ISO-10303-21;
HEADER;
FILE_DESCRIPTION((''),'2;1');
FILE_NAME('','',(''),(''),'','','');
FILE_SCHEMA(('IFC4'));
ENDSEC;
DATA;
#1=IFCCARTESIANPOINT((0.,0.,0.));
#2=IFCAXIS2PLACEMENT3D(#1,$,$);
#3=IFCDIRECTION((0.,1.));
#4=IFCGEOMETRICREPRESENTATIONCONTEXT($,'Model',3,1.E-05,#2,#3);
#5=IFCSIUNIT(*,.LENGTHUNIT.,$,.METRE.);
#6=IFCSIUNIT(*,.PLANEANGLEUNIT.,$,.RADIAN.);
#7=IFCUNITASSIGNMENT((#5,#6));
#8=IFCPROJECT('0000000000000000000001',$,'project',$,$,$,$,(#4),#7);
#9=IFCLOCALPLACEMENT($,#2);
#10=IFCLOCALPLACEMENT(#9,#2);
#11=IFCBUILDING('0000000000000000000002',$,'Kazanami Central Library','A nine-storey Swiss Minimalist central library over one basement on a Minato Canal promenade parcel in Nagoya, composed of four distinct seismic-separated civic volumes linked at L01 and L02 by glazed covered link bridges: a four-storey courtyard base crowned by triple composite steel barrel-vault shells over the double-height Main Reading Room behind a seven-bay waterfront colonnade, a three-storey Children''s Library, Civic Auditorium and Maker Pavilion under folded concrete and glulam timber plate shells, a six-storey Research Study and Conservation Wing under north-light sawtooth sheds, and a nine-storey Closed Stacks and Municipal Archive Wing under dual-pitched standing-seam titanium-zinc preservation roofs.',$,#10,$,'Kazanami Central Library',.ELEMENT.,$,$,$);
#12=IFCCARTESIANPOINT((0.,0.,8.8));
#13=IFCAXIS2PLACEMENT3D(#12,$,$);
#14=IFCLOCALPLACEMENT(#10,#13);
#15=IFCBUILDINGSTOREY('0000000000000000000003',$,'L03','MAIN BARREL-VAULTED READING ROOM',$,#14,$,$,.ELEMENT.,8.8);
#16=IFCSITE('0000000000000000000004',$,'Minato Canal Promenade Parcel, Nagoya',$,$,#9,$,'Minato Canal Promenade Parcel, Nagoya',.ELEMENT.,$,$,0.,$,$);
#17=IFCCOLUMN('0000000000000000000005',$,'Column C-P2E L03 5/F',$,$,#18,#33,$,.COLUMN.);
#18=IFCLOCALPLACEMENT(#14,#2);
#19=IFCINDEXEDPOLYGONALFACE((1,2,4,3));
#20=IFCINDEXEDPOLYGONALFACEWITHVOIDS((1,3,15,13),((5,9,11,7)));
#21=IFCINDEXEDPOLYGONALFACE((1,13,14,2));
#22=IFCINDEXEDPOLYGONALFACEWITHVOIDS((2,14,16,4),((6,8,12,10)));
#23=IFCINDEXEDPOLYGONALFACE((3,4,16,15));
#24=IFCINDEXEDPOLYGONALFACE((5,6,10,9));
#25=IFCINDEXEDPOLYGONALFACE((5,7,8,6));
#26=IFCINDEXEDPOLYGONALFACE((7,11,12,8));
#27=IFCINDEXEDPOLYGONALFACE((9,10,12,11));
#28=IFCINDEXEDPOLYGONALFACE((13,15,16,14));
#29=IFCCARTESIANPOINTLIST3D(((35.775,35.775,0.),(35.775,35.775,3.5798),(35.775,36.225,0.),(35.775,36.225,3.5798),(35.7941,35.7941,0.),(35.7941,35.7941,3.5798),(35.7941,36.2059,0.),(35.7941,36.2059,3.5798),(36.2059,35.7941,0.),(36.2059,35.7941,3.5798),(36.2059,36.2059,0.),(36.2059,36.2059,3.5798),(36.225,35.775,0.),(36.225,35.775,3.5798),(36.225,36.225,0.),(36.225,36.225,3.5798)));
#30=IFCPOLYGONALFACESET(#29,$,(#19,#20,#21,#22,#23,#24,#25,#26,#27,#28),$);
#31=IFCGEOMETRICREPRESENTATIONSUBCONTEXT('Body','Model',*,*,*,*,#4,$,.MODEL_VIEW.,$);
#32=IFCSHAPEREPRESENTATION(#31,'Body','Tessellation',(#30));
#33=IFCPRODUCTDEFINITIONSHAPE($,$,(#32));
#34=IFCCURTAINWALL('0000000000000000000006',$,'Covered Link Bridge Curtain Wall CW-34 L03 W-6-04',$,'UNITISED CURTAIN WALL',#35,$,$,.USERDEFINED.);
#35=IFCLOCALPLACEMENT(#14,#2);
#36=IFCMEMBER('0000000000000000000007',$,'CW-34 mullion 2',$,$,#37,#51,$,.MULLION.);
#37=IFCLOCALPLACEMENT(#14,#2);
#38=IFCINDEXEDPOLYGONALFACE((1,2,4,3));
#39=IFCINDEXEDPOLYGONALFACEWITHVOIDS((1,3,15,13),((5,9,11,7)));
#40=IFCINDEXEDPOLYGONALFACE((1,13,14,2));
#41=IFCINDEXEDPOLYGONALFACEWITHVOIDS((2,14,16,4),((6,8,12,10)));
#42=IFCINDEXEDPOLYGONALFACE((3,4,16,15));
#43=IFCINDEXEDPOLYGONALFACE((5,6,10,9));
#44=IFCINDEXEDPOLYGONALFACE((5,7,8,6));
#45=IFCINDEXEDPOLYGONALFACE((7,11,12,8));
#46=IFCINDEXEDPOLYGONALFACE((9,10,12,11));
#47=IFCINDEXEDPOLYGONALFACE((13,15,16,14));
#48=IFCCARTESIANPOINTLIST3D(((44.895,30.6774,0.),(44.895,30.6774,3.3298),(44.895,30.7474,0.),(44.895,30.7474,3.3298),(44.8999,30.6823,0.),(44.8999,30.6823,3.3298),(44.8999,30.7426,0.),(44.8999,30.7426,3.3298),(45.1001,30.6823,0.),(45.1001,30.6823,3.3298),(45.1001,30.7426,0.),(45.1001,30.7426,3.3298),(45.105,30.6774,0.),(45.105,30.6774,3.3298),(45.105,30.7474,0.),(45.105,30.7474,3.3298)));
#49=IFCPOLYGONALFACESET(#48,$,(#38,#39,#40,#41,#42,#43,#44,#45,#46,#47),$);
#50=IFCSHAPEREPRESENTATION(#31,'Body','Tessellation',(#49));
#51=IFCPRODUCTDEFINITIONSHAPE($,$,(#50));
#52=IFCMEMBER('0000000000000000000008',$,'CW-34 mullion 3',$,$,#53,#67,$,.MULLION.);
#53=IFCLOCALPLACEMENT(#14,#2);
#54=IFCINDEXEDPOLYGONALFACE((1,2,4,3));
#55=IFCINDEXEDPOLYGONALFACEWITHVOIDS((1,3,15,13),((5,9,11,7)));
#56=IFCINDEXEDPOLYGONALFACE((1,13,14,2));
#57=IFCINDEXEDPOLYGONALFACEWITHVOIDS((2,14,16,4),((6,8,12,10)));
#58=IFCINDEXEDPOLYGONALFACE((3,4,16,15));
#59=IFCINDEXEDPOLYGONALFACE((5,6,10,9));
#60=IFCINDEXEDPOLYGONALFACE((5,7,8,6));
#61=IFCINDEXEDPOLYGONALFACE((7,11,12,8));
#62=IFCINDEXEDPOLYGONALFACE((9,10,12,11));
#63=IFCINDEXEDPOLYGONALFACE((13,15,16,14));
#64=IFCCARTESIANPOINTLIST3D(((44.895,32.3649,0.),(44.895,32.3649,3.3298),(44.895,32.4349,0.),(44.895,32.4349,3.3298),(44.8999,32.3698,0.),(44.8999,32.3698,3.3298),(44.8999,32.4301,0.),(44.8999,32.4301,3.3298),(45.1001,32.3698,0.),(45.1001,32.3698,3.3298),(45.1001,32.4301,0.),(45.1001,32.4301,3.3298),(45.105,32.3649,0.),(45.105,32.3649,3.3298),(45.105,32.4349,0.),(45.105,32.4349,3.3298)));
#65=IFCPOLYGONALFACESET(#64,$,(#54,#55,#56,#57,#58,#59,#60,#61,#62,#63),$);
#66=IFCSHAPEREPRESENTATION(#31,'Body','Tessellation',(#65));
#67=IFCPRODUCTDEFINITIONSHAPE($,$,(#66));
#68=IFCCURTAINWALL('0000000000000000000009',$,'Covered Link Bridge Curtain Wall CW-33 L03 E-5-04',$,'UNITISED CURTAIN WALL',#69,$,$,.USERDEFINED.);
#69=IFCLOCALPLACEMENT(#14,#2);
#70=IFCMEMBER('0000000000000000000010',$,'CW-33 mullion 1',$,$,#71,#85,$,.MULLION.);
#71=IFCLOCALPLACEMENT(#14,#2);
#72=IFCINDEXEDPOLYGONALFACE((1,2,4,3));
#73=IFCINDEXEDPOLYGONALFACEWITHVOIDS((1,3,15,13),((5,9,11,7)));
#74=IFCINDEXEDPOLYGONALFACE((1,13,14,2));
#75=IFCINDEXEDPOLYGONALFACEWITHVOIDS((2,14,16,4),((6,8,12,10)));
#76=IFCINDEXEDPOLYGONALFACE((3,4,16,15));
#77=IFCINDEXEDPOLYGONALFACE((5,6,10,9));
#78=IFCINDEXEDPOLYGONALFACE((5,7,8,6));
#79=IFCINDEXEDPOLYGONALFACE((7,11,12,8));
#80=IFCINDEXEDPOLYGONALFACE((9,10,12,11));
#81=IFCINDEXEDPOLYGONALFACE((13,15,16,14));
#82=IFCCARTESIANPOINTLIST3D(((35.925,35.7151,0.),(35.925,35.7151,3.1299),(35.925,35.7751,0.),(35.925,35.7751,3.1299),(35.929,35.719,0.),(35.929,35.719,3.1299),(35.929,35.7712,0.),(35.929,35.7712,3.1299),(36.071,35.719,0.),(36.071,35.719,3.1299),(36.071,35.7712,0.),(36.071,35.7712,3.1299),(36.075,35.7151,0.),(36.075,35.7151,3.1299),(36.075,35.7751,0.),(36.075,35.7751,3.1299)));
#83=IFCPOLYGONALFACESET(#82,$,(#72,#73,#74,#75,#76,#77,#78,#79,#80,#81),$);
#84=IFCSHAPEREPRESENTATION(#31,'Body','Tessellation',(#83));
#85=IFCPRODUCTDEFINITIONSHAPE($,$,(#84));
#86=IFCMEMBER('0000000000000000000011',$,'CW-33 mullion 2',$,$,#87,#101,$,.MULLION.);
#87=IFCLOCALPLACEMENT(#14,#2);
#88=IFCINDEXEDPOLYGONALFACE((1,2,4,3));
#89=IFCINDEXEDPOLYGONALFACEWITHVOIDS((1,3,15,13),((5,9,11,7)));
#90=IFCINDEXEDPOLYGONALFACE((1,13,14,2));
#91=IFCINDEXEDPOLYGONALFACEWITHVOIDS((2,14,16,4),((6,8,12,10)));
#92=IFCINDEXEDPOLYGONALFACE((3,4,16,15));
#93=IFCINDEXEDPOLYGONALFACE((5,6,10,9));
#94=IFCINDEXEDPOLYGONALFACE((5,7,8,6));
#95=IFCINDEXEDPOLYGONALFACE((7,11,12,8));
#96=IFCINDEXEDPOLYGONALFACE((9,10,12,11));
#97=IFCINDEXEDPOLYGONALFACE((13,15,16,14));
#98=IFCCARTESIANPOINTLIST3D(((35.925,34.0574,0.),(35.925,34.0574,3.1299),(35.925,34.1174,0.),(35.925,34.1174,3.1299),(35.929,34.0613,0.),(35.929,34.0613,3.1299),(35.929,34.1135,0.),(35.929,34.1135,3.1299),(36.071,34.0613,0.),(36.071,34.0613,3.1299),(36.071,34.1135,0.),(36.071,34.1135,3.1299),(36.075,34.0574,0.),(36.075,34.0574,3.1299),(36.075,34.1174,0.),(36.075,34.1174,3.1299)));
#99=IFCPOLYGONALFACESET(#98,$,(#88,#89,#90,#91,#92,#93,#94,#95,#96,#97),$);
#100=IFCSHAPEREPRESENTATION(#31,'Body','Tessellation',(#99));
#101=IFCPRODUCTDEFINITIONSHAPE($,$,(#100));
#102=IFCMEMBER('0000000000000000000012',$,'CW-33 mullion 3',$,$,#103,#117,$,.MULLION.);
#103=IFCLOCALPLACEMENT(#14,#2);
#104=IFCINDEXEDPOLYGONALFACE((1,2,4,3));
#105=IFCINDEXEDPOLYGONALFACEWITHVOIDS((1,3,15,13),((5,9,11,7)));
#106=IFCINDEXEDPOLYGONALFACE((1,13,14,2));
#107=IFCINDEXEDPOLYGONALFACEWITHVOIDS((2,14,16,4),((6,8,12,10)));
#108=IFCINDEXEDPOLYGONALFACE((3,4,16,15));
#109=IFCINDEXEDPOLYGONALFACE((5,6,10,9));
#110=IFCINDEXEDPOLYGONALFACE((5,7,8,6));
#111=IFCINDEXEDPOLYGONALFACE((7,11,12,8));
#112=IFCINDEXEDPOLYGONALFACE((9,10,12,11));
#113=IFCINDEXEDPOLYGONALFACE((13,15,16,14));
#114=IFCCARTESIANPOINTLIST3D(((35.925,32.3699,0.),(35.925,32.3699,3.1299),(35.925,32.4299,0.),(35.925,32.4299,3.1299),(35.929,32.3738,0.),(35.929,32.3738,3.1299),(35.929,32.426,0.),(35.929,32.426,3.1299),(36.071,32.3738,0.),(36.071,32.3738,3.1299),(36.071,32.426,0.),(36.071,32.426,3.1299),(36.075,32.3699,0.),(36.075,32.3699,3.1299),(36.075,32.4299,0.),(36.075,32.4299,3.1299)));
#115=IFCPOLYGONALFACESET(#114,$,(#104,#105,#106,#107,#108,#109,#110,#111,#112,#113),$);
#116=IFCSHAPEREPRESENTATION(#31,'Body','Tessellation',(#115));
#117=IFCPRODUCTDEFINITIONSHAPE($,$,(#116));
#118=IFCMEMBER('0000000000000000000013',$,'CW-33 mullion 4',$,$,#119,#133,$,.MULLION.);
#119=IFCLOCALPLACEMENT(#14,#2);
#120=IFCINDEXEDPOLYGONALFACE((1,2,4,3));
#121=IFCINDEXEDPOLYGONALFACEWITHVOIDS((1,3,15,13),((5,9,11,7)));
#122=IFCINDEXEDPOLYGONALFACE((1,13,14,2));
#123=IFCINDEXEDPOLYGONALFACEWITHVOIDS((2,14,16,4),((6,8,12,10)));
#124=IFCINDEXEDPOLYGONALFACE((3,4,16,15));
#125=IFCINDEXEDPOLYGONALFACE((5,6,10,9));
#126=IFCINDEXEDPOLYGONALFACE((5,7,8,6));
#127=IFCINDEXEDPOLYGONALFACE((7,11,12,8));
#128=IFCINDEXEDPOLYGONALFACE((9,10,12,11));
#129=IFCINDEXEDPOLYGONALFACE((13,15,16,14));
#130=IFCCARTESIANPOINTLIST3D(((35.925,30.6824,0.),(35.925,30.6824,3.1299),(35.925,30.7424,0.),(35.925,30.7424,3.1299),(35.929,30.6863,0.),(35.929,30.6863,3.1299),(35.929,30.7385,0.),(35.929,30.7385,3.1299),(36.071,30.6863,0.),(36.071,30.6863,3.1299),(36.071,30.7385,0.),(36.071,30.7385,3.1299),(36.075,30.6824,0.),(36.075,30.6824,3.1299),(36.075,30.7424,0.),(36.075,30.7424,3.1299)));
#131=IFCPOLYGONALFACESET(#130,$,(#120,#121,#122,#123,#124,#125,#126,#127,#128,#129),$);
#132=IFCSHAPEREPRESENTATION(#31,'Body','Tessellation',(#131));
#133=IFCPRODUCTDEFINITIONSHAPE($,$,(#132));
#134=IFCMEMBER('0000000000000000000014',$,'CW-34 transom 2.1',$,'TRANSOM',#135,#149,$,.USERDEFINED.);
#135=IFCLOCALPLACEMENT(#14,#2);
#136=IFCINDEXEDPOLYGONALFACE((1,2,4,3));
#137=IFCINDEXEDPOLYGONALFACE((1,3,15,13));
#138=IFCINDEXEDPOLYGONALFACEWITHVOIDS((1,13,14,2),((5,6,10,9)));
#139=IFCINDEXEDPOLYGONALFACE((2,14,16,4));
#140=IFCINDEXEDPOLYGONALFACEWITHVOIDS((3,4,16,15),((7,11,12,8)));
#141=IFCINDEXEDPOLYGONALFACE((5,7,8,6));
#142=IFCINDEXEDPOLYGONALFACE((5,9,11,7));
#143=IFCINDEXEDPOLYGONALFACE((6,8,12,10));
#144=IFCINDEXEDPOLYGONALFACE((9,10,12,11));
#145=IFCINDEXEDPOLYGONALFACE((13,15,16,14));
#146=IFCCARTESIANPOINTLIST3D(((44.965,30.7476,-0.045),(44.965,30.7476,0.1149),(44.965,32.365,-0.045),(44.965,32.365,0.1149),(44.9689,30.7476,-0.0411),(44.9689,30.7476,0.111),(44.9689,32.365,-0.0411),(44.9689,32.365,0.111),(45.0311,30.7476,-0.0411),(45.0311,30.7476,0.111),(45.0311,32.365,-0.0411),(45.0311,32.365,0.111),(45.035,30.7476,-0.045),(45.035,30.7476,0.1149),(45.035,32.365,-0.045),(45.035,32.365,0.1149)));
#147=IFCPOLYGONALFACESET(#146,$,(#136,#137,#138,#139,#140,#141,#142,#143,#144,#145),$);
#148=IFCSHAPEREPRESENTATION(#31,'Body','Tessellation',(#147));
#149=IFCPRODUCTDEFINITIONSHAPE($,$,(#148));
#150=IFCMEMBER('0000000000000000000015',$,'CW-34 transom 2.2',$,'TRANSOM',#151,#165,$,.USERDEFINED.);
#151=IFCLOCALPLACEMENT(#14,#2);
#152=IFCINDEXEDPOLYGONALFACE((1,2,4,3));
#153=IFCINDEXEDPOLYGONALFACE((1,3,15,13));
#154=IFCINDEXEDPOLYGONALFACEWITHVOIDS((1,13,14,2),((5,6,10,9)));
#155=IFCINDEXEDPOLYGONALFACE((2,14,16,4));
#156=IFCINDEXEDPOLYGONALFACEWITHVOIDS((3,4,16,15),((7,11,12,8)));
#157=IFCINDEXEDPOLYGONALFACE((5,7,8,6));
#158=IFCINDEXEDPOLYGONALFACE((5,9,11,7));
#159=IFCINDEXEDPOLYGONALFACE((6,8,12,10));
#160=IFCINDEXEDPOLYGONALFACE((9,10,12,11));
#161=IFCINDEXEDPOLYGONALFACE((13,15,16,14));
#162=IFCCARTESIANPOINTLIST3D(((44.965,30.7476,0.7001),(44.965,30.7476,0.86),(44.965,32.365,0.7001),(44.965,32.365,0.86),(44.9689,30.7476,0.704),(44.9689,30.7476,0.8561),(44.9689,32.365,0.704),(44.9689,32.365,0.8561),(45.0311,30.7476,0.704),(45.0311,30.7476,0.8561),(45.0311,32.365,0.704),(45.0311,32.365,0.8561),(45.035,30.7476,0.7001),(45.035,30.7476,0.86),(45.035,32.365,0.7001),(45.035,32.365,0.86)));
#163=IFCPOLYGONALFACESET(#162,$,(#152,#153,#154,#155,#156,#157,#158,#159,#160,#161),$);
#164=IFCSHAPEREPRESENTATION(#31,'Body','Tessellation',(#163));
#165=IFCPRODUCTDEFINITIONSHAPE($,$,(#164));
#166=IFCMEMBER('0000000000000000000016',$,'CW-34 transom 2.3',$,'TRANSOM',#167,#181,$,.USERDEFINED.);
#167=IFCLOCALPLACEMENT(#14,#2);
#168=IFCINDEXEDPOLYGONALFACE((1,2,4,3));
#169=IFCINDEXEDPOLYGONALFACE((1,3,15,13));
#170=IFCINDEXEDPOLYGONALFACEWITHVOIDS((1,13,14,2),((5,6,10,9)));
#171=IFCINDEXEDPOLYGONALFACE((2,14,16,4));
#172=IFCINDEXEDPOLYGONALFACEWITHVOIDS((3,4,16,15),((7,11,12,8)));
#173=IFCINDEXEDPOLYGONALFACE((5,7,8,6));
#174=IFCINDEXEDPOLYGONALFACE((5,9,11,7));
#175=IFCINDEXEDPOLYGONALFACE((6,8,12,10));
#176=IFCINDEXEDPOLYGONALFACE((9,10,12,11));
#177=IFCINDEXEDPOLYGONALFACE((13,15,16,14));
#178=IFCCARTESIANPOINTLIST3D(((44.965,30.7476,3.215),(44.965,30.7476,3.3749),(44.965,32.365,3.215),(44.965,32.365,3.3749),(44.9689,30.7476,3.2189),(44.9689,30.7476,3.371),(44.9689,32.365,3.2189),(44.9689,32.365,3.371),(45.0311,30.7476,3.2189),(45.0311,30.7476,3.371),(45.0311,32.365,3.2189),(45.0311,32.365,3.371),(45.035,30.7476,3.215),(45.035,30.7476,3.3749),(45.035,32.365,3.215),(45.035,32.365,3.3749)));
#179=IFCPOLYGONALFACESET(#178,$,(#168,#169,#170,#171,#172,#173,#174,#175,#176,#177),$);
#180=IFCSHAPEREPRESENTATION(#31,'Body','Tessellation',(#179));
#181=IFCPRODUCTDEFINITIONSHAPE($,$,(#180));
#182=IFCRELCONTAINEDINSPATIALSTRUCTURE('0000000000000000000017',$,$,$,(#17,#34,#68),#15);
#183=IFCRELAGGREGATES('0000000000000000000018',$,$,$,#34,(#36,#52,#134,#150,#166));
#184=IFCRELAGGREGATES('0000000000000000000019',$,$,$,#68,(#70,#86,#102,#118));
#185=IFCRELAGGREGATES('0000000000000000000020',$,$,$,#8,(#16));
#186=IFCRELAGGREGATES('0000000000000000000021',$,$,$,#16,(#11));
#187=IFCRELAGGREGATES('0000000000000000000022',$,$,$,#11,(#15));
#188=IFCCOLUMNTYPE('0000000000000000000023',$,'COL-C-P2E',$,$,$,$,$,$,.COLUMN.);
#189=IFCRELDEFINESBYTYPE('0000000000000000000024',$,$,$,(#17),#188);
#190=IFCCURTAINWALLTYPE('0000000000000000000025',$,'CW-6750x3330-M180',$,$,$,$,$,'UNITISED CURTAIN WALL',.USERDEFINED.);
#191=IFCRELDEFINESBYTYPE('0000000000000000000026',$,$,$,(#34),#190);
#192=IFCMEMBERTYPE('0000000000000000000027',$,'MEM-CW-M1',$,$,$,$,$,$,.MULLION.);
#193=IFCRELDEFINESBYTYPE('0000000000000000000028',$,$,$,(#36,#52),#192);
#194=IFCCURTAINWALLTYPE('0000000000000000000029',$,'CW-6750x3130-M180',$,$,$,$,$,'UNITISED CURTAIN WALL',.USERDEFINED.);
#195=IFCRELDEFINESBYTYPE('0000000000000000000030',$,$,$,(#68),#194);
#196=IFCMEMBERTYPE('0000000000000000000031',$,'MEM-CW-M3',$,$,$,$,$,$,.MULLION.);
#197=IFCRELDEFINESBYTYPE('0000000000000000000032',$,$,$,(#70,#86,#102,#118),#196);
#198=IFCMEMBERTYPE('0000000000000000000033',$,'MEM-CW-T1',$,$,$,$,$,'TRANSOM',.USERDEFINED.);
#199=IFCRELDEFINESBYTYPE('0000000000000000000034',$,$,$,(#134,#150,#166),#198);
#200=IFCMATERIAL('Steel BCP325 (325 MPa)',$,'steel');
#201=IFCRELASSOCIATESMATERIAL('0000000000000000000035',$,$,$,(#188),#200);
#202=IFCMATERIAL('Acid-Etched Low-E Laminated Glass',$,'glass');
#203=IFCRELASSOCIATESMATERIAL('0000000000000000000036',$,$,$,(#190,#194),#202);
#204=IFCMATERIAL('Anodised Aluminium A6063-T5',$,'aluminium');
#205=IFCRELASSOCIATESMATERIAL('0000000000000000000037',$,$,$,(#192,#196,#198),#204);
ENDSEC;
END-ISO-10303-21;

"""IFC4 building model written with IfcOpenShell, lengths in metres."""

from ifc_helpers import new_model, si_unit, direction, frame, origin, origin_2d, place, context, subcontext, project, spatial, hollow_rectangle, extrude, material, material_profile, profile_set, type_object, element, aggregate, save


model = new_model("IFC4")

# Units and contexts
model_context = context("Model", 3, precision=1e-05, world=origin(), true_north=direction((0.0, 1.0)))
body_context = subcontext(model_context, "Body", "Model", "MODEL_VIEW")
ifc_project = project(units=[si_unit("LENGTHUNIT", "METRE"), si_unit("PLANEANGLEUNIT", "RADIAN")], contexts=[model_context])

# Site, building, storey
site_placement = place(None, origin())
site = spatial("IfcSite", under=ifc_project, at=site_placement, Name="Minato Canal Promenade Parcel, Nagoya", LongName="Minato Canal Promenade Parcel, Nagoya", CompositionType="ELEMENT", RefElevation=0.0)
building_placement = place(site_placement, origin())
building = spatial("IfcBuilding", under=site, at=building_placement, Name="Kazanami Central Library", Description="A nine-storey Swiss Minimalist central library over one basement on a Minato Canal promenade parcel in Nagoya, composed of four distinct seismic-separated civic volumes linked at L01 and L02 by glazed covered link bridges: a four-storey courtyard base crowned by triple composite steel barrel-vault shells over the double-height Main Reading Room behind a seven-bay waterfront colonnade, a three-storey Children's Library, Civic Auditorium and Maker Pavilion under folded concrete and glulam timber plate shells, a six-storey Research Study and Conservation Wing under north-light sawtooth sheds, and a nine-storey Closed Stacks and Municipal Archive Wing under dual-pitched standing-seam titanium-zinc preservation roofs.", LongName="Kazanami Central Library", CompositionType="ELEMENT")
storey_placement = place(building_placement, frame((0.0, 0.0, 8.8)))
storey = spatial("IfcBuildingStorey", under=building, at=storey_placement, Name="L03", Description="MAIN BARREL-VAULTED READING ROOM", CompositionType="ELEMENT", Elevation=8.8)

# Column
ifc_material_1 = material(Name="Steel BCP325 (325 MPa)", Category="steel")
ifc_material_profile_1 = material_profile(ifc_material_1, hollow_rectangle(XDim=0.45, YDim=0.45, WallThickness=0.019, at=origin_2d()), Name="BCP-450x450x19")
ifc_profile_set_1 = profile_set([ifc_material_profile_1], Name="Steel BCP325 (325 MPa)")
column_type = type_object("IfcColumnType", Name="COL-C-P2E", PredefinedType="COLUMN", material=ifc_profile_set_1)
column_placement = place(storey_placement, frame((36.0, 36.0, 0.0), z_axis=(0.0, 0.0, 1.0), x_axis=(1.0, 0.0, 0.0)))
element("IfcColumn", 1, at=column_placement, inside=storey, type_object=column_type, Name="Column C-P2E L03 5/F", PredefinedType="COLUMN", context=body_context, shape_type="SweptSolid", body=[
    extrude(hollow_rectangle(XDim=0.45, YDim=0.45, WallThickness=0.019, at=origin_2d()), origin(), (0.0, 0.0, 1.0), 3.5798),
])

# Curtain walls, members
ifc_material_2 = material(Name="Acid-Etched Low-E Laminated Glass", Category="glass")
curtain_wall_type_1 = type_object("IfcCurtainWallType", Name="CW-6750x3330-M180", ElementType="UNITISED CURTAIN WALL", PredefinedType="USERDEFINED", material=ifc_material_2)
curtain_wall_1_placement = place(storey_placement, origin())
curtain_wall_1 = element("IfcCurtainWall", 2, at=curtain_wall_1_placement, inside=storey, type_object=curtain_wall_type_1, Name="Covered Link Bridge Curtain Wall CW-34 L03 W-6-04", ObjectType="UNITISED CURTAIN WALL", PredefinedType="USERDEFINED")
ifc_material_3 = material(Name="Anodised Aluminium A6063-T5", Category="aluminium")
ifc_material_profile_2 = material_profile(ifc_material_3, hollow_rectangle(XDim=0.0701, YDim=0.21, WallThickness=0.0049, at=origin_2d()), Name="ALU-MULL-70x210x5")
ifc_profile_set_2 = profile_set([ifc_material_profile_2], Name="Anodised Aluminium A6063-T5")
member_type_1 = type_object("IfcMemberType", Name="MEM-CW-M1", PredefinedType="MULLION", material=ifc_profile_set_2)
member_1_placement = place(storey_placement, frame((45.0, 30.7124, 0.0), z_axis=(0.0, 0.0, 1.0), x_axis=(0.0, 1.0, 0.0)))
member_1 = element("IfcMember", 3, at=member_1_placement, type_object=member_type_1, Name="CW-34 mullion 2", PredefinedType="MULLION", context=body_context, shape_type="SweptSolid", body=[
    extrude(hollow_rectangle(XDim=0.0701, YDim=0.21, WallThickness=0.0049, at=origin_2d()), origin(), (0.0, 0.0, 1.0), 3.3298),
])
member_2_placement = place(storey_placement, frame((45.0, 32.3999, 0.0), z_axis=(0.0, 0.0, 1.0), x_axis=(0.0, 1.0, 0.0)))
member_2 = element("IfcMember", 4, at=member_2_placement, type_object=member_type_1, Name="CW-34 mullion 3", PredefinedType="MULLION", context=body_context, shape_type="SweptSolid", body=[
    extrude(hollow_rectangle(XDim=0.0701, YDim=0.21, WallThickness=0.0049, at=origin_2d()), origin(), (0.0, 0.0, 1.0), 3.3298),
])
curtain_wall_type_2 = type_object("IfcCurtainWallType", Name="CW-6750x3130-M180", ElementType="UNITISED CURTAIN WALL", PredefinedType="USERDEFINED", material=ifc_material_2)
curtain_wall_2_placement = place(storey_placement, origin())
curtain_wall_2 = element("IfcCurtainWall", 5, at=curtain_wall_2_placement, inside=storey, type_object=curtain_wall_type_2, Name="Covered Link Bridge Curtain Wall CW-33 L03 E-5-04", ObjectType="UNITISED CURTAIN WALL", PredefinedType="USERDEFINED")
ifc_material_profile_3 = material_profile(ifc_material_3, hollow_rectangle(XDim=0.0601, YDim=0.1499, WallThickness=0.0039, at=origin_2d()), Name="ALU-MULL-60x150x4")
ifc_profile_set_3 = profile_set([ifc_material_profile_3], Name="Anodised Aluminium A6063-T5")
member_type_2 = type_object("IfcMemberType", Name="MEM-CW-M3", PredefinedType="MULLION", material=ifc_profile_set_3)
member_3_placement = place(storey_placement, frame((36.0, 35.7451, 0.0), z_axis=(0.0, 0.0, 1.0), x_axis=(0.0, -1.0, 0.0)))
member_3 = element("IfcMember", 6, at=member_3_placement, type_object=member_type_2, Name="CW-33 mullion 1", PredefinedType="MULLION", context=body_context, shape_type="SweptSolid", body=[
    extrude(hollow_rectangle(XDim=0.0601, YDim=0.1499, WallThickness=0.0039, at=origin_2d()), origin(), (0.0, 0.0, 1.0), 3.1299),
])
member_4_placement = place(storey_placement, frame((36.0, 34.0874, 0.0), z_axis=(0.0, 0.0, 1.0), x_axis=(0.0, -1.0, 0.0)))
member_4 = element("IfcMember", 7, at=member_4_placement, type_object=member_type_2, Name="CW-33 mullion 2", PredefinedType="MULLION", context=body_context, shape_type="SweptSolid", body=[
    extrude(hollow_rectangle(XDim=0.0601, YDim=0.1499, WallThickness=0.0039, at=origin_2d()), origin(), (0.0, 0.0, 1.0), 3.1299),
])
member_5_placement = place(storey_placement, frame((36.0, 32.3999, 0.0), z_axis=(0.0, 0.0, 1.0), x_axis=(0.0, -1.0, 0.0)))
member_5 = element("IfcMember", 8, at=member_5_placement, type_object=member_type_2, Name="CW-33 mullion 3", PredefinedType="MULLION", context=body_context, shape_type="SweptSolid", body=[
    extrude(hollow_rectangle(XDim=0.0601, YDim=0.1499, WallThickness=0.0039, at=origin_2d()), origin(), (0.0, 0.0, 1.0), 3.1299),
])
member_6_placement = place(storey_placement, frame((36.0, 30.7124, 0.0), z_axis=(0.0, 0.0, 1.0), x_axis=(0.0, -1.0, 0.0)))
member_6 = element("IfcMember", 9, at=member_6_placement, type_object=member_type_2, Name="CW-33 mullion 4", PredefinedType="MULLION", context=body_context, shape_type="SweptSolid", body=[
    extrude(hollow_rectangle(XDim=0.0601, YDim=0.1499, WallThickness=0.0039, at=origin_2d()), origin(), (0.0, 0.0, 1.0), 3.1299),
])

# Members
ifc_material_profile_4 = material_profile(ifc_material_3, hollow_rectangle(XDim=0.0701, YDim=0.1599, WallThickness=0.0039, at=origin_2d()), Name="ALU-TRAN-70x160x4")
ifc_profile_set_4 = profile_set([ifc_material_profile_4], Name="Anodised Aluminium A6063-T5")
member_type_3 = type_object("IfcMemberType", Name="MEM-CW-T1", ElementType="TRANSOM", PredefinedType="USERDEFINED", material=ifc_profile_set_4)
member_7_placement = place(storey_placement, frame((45.0, 30.7476, 0.0349), z_axis=(0.0, 1.0, 0.0), x_axis=(-1.0, 0.0, 0.0)))
member_7 = element("IfcMember", 10, at=member_7_placement, type_object=member_type_3, Name="CW-34 transom 2.1", ObjectType="TRANSOM", PredefinedType="USERDEFINED", context=body_context, shape_type="SweptSolid", body=[
    extrude(hollow_rectangle(XDim=0.0701, YDim=0.1599, WallThickness=0.0039, at=origin_2d()), origin(), (0.0, 0.0, 1.0), 1.6174),
])
member_8_placement = place(storey_placement, frame((45.0, 30.7476, 0.78), z_axis=(0.0, 1.0, 0.0), x_axis=(-1.0, 0.0, 0.0)))
member_8 = element("IfcMember", 11, at=member_8_placement, type_object=member_type_3, Name="CW-34 transom 2.2", ObjectType="TRANSOM", PredefinedType="USERDEFINED", context=body_context, shape_type="SweptSolid", body=[
    extrude(hollow_rectangle(XDim=0.0701, YDim=0.1599, WallThickness=0.0039, at=origin_2d()), origin(), (0.0, 0.0, 1.0), 1.6174),
])
member_9_placement = place(storey_placement, frame((45.0, 30.7476, 3.2949), z_axis=(0.0, 1.0, 0.0), x_axis=(-1.0, 0.0, 0.0)))
member_9 = element("IfcMember", 12, at=member_9_placement, type_object=member_type_3, Name="CW-34 transom 2.3", ObjectType="TRANSOM", PredefinedType="USERDEFINED", context=body_context, shape_type="SweptSolid", body=[
    extrude(hollow_rectangle(XDim=0.0701, YDim=0.1599, WallThickness=0.0039, at=origin_2d()), origin(), (0.0, 0.0, 1.0), 1.6174),
])

aggregate(curtain_wall_1, [member_1, member_2, member_7, member_8, member_9])
aggregate(curtain_wall_2, [member_3, member_4, member_5, member_6])

save(model, "model.ifc")
